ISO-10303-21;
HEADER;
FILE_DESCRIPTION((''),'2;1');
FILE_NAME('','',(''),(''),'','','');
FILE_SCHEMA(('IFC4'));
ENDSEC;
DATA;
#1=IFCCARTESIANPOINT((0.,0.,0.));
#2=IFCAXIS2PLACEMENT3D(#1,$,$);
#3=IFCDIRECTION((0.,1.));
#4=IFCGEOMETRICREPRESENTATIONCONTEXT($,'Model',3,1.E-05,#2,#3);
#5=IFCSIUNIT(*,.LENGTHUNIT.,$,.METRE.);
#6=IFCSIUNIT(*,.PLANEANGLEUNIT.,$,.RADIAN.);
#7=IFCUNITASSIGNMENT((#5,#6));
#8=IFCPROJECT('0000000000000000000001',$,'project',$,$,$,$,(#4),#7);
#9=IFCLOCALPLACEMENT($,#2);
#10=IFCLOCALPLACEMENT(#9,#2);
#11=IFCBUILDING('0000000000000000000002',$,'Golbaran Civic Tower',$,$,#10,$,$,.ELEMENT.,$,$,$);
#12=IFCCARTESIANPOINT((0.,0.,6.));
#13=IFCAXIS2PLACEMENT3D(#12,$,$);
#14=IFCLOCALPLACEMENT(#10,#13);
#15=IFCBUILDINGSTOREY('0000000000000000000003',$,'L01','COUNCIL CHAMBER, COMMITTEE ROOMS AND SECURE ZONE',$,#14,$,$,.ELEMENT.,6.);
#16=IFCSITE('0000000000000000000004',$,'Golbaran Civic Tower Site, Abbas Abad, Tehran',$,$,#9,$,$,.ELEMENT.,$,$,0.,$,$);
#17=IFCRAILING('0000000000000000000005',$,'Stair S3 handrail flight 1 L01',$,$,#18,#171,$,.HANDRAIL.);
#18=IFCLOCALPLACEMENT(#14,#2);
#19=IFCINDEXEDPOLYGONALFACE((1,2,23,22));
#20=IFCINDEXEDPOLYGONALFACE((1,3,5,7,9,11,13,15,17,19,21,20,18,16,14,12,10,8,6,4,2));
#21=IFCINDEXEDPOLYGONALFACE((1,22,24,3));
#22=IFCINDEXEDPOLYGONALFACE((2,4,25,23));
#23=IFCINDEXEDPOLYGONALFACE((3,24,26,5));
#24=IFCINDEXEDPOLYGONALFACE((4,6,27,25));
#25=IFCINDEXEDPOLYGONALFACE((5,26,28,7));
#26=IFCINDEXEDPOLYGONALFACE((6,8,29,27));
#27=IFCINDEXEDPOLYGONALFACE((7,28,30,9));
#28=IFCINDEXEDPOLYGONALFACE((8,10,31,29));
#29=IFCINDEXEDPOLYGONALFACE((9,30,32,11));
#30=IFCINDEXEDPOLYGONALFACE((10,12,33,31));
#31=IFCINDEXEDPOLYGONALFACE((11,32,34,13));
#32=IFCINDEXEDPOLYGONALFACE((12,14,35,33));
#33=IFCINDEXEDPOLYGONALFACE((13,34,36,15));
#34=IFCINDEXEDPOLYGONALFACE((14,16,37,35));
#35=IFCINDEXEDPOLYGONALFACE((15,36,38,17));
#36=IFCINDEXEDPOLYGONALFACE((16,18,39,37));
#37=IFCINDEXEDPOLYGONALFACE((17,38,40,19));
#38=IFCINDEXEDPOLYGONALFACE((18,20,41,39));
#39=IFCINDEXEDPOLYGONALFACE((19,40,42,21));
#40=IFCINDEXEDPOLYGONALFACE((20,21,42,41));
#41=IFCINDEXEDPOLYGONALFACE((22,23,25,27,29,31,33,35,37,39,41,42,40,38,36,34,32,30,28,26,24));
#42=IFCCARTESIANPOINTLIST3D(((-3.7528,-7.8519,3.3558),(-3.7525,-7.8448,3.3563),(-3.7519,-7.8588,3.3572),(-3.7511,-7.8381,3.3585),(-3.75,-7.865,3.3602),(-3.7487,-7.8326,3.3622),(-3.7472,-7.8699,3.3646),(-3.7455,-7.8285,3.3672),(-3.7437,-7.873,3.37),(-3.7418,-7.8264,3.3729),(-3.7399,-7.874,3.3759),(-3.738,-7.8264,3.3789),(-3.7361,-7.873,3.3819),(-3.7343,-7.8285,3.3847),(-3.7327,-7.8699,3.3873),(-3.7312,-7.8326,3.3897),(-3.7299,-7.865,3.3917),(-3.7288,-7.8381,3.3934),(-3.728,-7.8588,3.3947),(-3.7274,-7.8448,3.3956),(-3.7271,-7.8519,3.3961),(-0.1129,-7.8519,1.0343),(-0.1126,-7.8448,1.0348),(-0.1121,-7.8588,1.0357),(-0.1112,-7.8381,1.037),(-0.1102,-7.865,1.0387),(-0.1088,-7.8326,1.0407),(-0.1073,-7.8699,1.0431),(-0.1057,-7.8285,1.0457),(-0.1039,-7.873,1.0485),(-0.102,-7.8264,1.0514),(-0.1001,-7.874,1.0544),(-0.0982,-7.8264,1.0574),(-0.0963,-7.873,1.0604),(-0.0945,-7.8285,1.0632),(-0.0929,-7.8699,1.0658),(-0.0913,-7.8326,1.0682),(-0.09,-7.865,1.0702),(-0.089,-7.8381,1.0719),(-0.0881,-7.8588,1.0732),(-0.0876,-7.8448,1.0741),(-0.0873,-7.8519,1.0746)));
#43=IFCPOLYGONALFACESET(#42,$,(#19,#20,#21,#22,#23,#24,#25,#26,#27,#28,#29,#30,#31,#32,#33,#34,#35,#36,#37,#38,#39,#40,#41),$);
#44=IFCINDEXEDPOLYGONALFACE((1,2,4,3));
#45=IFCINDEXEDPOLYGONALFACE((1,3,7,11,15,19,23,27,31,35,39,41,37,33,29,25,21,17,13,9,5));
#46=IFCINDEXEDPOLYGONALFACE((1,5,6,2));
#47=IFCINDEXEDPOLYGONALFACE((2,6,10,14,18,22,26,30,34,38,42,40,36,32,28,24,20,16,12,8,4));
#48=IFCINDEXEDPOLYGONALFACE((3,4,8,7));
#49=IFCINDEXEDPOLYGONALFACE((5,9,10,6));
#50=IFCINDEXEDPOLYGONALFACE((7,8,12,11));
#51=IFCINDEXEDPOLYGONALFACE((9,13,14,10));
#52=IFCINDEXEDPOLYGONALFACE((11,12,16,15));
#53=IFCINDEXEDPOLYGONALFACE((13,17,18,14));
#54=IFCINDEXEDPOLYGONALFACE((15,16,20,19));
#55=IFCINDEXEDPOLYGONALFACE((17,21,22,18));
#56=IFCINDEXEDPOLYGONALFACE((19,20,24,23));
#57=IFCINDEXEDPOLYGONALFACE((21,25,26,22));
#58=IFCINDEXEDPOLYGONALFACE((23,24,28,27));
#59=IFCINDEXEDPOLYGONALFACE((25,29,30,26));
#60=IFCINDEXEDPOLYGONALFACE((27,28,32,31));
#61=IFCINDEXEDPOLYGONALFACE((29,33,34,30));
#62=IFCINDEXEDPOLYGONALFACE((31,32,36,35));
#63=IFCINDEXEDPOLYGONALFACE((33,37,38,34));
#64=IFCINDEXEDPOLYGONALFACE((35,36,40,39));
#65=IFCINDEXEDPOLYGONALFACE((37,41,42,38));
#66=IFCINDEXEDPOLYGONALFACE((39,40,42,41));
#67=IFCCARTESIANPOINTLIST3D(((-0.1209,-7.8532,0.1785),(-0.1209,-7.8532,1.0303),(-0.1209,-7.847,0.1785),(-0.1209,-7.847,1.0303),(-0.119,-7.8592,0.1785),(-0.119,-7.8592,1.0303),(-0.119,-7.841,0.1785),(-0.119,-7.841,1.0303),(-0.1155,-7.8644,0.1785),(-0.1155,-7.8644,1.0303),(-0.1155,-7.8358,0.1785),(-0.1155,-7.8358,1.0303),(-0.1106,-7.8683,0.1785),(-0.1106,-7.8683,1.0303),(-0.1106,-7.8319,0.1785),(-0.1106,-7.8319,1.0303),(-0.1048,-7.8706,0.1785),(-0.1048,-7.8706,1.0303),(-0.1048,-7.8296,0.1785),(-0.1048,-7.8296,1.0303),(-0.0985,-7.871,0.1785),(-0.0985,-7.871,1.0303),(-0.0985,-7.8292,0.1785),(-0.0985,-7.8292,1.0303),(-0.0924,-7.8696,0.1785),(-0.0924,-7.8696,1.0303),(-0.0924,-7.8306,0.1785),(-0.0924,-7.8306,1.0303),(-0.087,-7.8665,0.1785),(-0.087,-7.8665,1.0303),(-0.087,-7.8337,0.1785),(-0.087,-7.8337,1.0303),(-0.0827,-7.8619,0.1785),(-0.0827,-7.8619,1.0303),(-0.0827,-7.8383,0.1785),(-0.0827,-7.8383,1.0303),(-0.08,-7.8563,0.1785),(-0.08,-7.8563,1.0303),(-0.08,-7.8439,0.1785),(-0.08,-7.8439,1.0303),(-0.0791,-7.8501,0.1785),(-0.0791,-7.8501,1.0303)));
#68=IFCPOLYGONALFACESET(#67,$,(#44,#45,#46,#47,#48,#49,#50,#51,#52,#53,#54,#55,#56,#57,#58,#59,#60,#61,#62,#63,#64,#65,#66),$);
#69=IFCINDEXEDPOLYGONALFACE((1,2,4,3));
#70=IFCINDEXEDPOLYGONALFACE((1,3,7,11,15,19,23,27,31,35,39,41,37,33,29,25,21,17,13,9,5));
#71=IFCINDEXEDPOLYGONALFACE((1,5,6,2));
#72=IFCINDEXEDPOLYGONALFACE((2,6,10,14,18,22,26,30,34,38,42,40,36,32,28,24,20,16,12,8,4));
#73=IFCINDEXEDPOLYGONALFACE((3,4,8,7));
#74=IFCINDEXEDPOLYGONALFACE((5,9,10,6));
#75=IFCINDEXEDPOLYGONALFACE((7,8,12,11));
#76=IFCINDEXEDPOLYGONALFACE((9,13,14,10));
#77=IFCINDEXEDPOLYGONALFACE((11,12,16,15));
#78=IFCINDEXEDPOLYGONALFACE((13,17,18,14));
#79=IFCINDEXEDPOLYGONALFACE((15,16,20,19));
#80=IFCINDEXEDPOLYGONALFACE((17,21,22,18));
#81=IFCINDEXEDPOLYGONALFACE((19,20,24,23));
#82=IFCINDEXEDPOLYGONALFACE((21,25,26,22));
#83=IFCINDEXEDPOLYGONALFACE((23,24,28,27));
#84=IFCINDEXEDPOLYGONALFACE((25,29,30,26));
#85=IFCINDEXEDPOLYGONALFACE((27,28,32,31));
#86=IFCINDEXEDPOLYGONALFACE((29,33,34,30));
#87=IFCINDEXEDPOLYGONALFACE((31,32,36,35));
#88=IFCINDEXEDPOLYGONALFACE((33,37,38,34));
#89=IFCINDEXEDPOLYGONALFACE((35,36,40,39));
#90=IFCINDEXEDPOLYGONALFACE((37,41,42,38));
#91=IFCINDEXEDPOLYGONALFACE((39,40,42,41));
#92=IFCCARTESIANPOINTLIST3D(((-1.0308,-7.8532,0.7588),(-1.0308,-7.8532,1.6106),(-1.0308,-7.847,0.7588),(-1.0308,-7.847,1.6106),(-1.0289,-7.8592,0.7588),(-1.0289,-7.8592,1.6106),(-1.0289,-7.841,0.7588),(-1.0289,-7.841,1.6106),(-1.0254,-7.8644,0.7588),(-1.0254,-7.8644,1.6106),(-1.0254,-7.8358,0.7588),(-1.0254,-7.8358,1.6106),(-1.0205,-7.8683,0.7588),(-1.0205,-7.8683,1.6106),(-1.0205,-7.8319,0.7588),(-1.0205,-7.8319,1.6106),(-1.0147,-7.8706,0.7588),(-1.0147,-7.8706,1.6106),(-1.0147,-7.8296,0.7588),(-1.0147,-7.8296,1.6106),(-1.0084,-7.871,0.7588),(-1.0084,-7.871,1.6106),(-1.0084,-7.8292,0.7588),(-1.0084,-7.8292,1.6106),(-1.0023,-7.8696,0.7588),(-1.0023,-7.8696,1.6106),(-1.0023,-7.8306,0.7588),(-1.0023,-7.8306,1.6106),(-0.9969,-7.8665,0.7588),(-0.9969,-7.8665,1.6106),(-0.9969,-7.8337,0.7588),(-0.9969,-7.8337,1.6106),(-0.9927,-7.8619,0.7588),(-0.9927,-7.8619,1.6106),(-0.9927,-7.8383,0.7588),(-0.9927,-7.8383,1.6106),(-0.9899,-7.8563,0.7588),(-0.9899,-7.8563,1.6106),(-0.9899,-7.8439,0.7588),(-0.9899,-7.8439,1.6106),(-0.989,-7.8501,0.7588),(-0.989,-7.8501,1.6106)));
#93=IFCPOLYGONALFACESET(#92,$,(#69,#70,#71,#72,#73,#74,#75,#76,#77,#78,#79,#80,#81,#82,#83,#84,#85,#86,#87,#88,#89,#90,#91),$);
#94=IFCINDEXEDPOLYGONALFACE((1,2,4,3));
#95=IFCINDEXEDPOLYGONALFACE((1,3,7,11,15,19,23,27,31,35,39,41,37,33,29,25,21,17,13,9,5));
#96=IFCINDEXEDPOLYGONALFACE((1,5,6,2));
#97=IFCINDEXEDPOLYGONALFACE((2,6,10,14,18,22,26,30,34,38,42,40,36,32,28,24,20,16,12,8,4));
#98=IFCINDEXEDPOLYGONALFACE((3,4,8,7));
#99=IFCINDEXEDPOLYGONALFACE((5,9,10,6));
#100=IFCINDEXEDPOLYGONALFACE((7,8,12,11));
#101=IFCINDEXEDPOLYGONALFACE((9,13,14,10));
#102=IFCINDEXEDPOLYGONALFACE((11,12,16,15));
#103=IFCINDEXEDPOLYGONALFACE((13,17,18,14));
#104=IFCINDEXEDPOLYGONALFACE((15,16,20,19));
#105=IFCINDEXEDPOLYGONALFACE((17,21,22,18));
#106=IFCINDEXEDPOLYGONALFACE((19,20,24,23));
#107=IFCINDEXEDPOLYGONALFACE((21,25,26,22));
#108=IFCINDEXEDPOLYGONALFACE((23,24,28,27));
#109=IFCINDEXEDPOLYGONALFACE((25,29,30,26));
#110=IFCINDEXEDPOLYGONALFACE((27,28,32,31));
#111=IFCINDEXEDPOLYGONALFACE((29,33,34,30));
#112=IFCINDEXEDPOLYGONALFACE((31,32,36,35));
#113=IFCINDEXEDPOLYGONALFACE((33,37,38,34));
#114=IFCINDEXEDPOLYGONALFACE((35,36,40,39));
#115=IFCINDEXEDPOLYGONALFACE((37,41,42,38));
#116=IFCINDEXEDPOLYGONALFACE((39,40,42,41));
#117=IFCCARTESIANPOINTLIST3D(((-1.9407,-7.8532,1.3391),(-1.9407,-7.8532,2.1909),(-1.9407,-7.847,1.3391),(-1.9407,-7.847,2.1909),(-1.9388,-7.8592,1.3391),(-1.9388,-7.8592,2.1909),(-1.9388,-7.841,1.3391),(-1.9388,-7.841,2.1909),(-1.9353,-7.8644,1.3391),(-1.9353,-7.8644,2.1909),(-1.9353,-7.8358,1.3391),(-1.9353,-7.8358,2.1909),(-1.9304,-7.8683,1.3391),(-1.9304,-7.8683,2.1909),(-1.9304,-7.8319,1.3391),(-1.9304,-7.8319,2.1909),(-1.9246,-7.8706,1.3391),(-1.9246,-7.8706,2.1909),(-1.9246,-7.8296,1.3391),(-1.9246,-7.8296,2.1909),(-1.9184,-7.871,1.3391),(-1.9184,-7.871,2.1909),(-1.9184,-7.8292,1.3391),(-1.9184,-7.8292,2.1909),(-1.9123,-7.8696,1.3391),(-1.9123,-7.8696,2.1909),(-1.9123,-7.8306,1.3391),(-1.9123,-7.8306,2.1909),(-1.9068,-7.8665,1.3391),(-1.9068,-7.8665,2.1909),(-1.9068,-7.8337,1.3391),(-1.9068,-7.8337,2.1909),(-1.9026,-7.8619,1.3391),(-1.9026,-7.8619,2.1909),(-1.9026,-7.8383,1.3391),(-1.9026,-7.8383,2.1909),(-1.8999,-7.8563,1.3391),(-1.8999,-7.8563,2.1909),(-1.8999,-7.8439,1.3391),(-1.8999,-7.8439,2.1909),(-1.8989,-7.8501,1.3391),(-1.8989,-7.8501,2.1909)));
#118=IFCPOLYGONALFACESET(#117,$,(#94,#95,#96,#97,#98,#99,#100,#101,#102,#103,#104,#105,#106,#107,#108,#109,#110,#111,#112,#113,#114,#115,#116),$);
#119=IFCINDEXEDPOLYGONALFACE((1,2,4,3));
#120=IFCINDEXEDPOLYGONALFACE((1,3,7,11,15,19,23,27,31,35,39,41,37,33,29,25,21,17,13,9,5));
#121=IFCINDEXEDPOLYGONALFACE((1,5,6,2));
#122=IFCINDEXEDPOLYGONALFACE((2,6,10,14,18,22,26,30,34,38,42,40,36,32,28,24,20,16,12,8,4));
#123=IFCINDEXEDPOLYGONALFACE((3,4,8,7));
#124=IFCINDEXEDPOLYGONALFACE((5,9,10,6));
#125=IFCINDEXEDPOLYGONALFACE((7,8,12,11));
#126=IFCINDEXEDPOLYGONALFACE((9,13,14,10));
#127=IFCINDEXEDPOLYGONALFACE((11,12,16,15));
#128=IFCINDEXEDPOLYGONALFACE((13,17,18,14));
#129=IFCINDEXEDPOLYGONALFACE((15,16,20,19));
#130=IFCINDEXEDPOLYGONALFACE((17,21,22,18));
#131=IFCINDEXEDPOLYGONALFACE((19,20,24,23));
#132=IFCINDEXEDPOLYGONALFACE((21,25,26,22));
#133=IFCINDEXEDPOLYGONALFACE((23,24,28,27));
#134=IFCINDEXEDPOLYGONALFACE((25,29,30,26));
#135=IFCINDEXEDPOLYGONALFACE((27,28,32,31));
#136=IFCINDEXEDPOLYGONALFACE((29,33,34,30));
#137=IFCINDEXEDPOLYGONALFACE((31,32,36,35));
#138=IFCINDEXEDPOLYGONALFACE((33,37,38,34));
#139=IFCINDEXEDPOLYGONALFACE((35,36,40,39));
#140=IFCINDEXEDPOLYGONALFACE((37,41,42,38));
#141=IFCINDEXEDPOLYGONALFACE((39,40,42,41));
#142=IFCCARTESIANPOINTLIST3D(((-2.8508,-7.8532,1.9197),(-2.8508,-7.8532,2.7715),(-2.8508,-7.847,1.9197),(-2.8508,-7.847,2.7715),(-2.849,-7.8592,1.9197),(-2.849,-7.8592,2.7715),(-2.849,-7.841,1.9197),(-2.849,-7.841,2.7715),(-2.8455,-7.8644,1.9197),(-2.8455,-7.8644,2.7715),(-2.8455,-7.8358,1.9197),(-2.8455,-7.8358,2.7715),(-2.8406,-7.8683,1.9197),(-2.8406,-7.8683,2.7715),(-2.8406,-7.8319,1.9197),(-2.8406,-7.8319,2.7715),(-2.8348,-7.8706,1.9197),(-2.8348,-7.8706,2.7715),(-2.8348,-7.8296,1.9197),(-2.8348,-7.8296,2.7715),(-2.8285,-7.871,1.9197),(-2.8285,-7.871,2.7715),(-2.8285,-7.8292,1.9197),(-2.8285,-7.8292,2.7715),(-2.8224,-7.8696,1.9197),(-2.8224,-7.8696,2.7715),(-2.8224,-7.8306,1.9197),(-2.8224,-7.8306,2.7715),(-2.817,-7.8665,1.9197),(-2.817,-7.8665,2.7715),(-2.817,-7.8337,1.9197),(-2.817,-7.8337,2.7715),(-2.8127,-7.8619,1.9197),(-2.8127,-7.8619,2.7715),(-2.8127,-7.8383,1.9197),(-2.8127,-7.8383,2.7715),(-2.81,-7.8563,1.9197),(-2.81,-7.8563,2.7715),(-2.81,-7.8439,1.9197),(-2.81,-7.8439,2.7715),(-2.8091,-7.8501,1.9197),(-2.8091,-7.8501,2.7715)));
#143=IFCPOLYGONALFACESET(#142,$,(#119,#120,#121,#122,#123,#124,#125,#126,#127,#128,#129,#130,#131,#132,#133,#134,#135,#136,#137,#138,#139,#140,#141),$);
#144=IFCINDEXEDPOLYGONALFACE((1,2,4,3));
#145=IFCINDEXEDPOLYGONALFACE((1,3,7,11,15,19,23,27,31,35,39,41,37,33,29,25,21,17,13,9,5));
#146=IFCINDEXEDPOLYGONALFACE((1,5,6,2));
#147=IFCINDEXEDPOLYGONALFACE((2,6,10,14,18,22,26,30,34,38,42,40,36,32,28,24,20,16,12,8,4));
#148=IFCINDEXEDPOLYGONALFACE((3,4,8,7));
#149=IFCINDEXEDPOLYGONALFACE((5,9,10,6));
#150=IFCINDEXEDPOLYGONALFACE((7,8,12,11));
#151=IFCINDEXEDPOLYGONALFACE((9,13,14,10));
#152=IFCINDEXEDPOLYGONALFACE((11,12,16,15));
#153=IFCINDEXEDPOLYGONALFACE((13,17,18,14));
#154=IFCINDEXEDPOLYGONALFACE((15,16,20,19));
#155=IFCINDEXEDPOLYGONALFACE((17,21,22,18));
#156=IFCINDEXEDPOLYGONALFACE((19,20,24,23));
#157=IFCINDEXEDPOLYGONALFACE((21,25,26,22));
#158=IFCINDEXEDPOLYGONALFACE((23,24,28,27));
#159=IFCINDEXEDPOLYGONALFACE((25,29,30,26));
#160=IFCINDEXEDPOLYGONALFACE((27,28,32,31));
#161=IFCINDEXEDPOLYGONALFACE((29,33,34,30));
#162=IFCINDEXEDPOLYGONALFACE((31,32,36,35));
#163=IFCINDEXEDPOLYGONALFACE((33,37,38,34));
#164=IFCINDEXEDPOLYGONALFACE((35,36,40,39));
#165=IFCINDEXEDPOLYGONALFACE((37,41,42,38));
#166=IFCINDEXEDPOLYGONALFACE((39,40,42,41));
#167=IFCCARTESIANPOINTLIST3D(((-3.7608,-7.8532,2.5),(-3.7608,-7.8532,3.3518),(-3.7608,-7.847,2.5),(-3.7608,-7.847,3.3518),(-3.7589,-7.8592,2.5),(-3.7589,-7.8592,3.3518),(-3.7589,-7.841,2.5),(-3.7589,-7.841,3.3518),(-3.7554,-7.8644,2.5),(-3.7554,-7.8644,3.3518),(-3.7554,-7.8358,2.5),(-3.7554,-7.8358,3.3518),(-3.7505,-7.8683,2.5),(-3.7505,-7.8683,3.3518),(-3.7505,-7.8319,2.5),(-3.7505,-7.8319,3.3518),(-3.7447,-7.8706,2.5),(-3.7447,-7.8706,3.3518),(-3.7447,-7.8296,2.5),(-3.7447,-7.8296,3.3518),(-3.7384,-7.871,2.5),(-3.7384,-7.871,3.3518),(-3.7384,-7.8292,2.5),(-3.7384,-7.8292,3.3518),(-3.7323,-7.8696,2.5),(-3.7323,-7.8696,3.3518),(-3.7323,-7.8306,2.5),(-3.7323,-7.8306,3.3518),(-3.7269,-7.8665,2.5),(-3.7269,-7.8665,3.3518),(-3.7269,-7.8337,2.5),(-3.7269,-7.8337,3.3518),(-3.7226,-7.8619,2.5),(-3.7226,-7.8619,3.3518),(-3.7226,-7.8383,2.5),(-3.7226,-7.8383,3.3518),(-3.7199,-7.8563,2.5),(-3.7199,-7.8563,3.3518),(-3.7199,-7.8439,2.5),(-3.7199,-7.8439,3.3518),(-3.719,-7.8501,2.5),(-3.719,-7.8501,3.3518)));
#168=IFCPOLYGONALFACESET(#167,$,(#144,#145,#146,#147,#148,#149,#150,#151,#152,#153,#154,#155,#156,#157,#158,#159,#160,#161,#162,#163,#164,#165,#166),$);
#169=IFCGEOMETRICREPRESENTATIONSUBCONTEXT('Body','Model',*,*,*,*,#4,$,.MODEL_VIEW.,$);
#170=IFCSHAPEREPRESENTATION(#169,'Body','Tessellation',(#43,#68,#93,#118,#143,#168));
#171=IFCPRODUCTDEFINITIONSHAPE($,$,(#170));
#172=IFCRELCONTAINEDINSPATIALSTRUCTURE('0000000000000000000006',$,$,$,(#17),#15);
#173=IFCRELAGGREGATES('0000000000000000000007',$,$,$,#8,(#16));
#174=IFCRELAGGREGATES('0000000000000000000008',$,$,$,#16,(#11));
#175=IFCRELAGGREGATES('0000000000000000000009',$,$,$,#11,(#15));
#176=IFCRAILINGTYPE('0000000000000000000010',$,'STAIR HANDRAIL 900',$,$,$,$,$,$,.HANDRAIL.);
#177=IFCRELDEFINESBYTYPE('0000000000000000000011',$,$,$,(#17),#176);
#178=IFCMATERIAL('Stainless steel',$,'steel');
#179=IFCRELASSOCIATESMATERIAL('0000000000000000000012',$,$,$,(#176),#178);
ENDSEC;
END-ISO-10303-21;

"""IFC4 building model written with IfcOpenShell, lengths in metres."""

from ifc_helpers import new_model, si_unit, direction, frame, origin, origin_2d, place, context, subcontext, project, spatial, circle, extrude, material, type_object, element, save


model = new_model("IFC4")

# Units and contexts
model_context = context("Model", 3, precision=1e-05, world=origin(), true_north=direction((0.0, 1.0)))
body_context = subcontext(model_context, "Body", "Model", "MODEL_VIEW")
ifc_project = project(units=[si_unit("LENGTHUNIT", "METRE"), si_unit("PLANEANGLEUNIT", "RADIAN")], contexts=[model_context])

# Site, building, storey
site_placement = place(None, origin())
site = spatial("IfcSite", under=ifc_project, at=site_placement, Name="Golbaran Civic Tower Site, Abbas Abad, Tehran", CompositionType="ELEMENT", RefElevation=0.0)
building_placement = place(site_placement, origin())
building = spatial("IfcBuilding", under=site, at=building_placement, Name="Golbaran Civic Tower", CompositionType="ELEMENT")
storey_placement = place(building_placement, frame((0.0, 0.0, 6.0)))
storey = spatial("IfcBuildingStorey", under=building, at=storey_placement, Name="L01", Description="COUNCIL CHAMBER, COMMITTEE ROOMS AND SECURE ZONE", CompositionType="ELEMENT", Elevation=6.0)

# Shared definitions
ifc_material_1 = material(Name="Stainless steel", Category="steel")

# Railing
railing_type = type_object("IfcRailingType", Name="STAIR HANDRAIL 900", PredefinedType="HANDRAIL", material=ifc_material_1)
railing_1_placement = place(storey_placement, frame((-0.1001, -7.8501, 0.1785)))
element("IfcRailing", 1, at=railing_1_placement, inside=storey, type_object=railing_type, Name="Stair S3 handrail flight 1 L01", PredefinedType="HANDRAIL", context=body_context, shape_type="SweptSolid", body=[
    extrude(circle(Radius=0.0239, at=origin_2d()), frame((0.0, 0.0, 0.876), z_axis=(-0.843112, 0.0, 0.537739), x_axis=(0.0, -1.0, 0.0)), (0.0, 0.0, 1.0), 4.3171),
    extrude(circle(Radius=0.021, at=origin_2d()), origin(), (0.0, 0.0, 1.0), 0.8518),
    extrude(circle(Radius=0.021, at=origin_2d()), frame((-0.9099, 0.0, 0.5803)), (0.0, 0.0, 1.0), 0.8518),
    extrude(circle(Radius=0.021, at=origin_2d()), frame((-1.8198, 0.0, 1.1606)), (0.0, 0.0, 1.0), 0.8518),
    extrude(circle(Radius=0.021, at=origin_2d()), frame((-2.73, 0.0, 1.7412)), (0.0, 0.0, 1.0), 0.8518),
    extrude(circle(Radius=0.021, at=origin_2d()), frame((-3.6399, 0.0, 2.3215)), (0.0, 0.0, 1.0), 0.8518),
])

save(model, "model.ifc")
